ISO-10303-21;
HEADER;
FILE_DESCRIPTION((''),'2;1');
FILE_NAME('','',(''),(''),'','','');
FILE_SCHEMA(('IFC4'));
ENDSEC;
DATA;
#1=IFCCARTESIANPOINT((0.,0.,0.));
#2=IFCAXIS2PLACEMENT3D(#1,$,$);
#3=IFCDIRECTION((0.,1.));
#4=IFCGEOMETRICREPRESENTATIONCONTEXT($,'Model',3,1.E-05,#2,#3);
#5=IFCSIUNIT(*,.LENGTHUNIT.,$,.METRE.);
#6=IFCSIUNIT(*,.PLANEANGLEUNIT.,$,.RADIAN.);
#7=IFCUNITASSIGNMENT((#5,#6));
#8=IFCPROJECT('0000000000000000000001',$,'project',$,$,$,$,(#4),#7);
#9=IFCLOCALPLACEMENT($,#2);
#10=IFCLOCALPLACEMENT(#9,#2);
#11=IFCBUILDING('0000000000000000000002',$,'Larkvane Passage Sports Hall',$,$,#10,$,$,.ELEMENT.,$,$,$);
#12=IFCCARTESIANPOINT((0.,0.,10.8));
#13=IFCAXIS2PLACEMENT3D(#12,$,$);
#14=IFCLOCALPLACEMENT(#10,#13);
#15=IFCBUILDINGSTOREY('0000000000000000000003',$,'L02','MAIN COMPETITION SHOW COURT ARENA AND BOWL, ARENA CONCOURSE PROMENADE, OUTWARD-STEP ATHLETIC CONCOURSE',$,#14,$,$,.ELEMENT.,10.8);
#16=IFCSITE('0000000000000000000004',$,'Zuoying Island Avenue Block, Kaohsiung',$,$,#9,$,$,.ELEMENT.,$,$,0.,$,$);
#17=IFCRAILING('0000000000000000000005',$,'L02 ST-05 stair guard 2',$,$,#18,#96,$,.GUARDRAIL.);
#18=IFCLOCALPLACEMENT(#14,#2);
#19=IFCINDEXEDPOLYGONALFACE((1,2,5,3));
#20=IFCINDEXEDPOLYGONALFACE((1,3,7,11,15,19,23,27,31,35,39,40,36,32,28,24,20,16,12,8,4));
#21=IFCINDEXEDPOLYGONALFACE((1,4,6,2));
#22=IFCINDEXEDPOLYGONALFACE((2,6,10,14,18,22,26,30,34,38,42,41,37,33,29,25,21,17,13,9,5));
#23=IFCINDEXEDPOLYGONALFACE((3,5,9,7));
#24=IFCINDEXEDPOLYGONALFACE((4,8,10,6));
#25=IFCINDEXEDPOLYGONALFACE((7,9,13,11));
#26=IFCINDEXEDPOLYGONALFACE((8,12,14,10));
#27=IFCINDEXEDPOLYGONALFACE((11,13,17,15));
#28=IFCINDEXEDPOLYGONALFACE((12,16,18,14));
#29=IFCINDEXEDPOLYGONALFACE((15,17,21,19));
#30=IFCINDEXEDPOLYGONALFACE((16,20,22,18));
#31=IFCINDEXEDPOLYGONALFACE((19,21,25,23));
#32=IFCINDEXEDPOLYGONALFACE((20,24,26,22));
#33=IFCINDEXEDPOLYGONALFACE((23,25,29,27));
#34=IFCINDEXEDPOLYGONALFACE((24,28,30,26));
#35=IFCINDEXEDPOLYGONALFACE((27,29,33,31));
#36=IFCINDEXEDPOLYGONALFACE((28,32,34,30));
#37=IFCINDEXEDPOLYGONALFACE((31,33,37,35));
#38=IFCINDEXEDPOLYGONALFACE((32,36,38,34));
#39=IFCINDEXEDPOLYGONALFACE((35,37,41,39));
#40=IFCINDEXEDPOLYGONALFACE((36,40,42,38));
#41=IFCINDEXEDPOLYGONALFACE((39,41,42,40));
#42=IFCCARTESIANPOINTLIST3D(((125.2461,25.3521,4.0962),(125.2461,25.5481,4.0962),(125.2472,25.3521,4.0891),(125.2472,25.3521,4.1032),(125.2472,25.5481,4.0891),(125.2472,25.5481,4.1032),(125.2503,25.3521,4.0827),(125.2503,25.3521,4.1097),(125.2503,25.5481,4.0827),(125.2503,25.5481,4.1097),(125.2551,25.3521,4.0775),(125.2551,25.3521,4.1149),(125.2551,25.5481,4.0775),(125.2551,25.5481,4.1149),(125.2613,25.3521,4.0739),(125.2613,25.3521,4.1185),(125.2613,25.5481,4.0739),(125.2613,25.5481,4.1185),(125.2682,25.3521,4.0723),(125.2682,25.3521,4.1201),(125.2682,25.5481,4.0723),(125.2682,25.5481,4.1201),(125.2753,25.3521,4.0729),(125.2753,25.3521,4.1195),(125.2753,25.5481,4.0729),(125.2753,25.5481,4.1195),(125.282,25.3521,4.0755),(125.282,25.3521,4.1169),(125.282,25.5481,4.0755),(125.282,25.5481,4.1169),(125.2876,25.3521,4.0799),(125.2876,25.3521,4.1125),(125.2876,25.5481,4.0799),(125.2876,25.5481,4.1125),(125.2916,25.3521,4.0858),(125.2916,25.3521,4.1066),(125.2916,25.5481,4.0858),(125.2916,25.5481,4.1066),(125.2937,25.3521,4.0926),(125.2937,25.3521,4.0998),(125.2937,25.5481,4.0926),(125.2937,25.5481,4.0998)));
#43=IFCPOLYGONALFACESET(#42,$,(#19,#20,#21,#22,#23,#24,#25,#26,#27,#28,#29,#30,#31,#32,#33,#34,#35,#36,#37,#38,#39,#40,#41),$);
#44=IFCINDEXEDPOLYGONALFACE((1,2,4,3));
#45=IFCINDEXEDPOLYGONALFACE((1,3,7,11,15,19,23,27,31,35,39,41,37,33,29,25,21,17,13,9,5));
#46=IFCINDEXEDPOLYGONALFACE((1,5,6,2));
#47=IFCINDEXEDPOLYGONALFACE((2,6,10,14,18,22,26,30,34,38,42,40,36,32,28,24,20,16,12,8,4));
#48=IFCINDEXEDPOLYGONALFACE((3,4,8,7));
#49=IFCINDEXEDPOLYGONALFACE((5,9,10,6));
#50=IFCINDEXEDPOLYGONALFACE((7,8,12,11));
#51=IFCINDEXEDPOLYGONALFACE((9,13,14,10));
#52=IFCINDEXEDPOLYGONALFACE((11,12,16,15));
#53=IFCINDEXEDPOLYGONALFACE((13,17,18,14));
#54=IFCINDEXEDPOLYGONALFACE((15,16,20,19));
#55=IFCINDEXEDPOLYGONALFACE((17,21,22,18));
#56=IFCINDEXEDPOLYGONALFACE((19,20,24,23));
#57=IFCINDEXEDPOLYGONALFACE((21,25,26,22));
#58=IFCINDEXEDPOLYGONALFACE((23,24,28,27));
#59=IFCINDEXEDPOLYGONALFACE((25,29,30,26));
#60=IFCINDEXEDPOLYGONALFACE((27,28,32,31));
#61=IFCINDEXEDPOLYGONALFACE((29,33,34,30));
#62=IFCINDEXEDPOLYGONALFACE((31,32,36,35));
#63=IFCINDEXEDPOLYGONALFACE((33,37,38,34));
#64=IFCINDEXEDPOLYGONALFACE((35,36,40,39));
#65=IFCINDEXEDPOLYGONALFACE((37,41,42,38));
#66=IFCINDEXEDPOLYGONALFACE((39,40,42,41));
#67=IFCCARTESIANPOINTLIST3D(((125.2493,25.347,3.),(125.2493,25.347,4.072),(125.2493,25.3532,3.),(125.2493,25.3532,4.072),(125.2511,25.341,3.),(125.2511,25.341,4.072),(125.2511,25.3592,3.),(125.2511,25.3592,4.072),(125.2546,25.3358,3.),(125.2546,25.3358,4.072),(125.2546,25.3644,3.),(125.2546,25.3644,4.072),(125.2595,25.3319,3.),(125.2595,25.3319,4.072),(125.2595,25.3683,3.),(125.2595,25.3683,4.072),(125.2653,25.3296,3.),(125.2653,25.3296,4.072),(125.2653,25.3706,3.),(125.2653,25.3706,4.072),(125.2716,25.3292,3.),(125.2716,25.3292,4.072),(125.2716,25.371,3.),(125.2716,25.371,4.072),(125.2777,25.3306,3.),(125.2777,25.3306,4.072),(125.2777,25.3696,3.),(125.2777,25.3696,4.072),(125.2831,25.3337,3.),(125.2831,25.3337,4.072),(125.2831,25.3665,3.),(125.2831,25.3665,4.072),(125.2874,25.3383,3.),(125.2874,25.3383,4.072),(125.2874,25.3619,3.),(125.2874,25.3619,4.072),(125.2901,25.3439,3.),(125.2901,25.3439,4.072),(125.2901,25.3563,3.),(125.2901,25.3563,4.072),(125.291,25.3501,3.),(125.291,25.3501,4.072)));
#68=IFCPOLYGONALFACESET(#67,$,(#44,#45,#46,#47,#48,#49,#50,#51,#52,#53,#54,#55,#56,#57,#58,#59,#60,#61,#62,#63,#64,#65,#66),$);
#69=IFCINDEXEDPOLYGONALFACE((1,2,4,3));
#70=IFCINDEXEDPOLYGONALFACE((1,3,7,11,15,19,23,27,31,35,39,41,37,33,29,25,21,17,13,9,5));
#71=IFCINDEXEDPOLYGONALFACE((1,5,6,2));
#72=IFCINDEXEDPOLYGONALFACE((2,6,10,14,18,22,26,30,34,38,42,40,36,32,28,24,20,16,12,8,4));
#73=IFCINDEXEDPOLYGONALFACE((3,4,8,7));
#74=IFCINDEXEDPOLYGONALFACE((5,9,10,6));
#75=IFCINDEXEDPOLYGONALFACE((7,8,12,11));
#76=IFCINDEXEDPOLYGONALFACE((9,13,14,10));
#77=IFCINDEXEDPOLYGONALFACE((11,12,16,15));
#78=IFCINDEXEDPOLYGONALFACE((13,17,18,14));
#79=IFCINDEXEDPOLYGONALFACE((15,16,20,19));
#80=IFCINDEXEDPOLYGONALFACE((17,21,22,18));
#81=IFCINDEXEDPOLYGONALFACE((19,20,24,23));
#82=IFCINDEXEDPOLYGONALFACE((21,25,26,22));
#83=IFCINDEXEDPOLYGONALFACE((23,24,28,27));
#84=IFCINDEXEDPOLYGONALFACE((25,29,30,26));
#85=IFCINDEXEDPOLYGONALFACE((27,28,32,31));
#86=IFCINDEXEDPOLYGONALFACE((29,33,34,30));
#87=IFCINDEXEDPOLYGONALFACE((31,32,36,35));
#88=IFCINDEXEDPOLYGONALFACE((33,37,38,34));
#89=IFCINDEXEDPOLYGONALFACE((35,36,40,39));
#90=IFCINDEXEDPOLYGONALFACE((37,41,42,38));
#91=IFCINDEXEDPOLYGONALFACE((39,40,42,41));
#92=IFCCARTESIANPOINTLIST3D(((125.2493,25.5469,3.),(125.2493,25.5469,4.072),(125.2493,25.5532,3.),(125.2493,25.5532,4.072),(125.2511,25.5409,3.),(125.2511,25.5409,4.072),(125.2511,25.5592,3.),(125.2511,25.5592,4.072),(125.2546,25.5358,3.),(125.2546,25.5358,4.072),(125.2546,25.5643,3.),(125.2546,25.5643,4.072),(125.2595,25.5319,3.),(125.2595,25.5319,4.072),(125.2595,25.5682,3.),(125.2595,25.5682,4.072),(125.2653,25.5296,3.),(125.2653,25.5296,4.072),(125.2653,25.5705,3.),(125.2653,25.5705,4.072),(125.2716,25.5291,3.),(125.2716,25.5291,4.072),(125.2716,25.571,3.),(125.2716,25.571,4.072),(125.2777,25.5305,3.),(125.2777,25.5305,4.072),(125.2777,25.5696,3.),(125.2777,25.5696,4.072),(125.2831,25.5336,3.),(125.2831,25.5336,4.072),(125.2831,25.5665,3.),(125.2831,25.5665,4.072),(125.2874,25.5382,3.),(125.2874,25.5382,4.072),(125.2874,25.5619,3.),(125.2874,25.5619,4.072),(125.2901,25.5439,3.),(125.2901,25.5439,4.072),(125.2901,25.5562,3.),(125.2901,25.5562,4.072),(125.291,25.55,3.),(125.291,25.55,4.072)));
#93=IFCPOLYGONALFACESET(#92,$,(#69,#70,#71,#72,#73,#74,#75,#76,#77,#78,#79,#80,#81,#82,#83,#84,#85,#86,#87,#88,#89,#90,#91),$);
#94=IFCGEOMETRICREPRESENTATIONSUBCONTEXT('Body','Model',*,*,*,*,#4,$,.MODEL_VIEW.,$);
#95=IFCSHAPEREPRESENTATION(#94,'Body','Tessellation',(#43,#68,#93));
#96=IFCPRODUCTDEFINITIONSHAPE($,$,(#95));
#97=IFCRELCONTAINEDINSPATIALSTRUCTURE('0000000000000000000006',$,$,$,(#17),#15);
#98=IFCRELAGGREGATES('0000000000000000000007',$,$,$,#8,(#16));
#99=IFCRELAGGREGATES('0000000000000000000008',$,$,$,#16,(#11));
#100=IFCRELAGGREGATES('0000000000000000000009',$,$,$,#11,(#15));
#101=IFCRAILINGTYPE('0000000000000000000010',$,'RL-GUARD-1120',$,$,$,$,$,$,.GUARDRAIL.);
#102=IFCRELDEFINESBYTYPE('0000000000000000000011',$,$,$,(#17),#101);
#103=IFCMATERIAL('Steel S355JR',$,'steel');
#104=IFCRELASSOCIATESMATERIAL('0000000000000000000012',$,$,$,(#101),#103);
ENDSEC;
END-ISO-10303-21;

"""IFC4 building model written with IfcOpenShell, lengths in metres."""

from ifc_helpers import new_model, si_unit, direction, frame, origin, origin_2d, place, context, subcontext, project, spatial, circle, extrude, material, type_object, element, save


model = new_model("IFC4")

# Units and contexts
model_context = context("Model", 3, precision=1e-05, world=origin(), true_north=direction((0.0, 1.0)))
body_context = subcontext(model_context, "Body", "Model", "MODEL_VIEW")
ifc_project = project(units=[si_unit("LENGTHUNIT", "METRE"), si_unit("PLANEANGLEUNIT", "RADIAN")], contexts=[model_context])

# Site, building, storey
site_placement = place(None, origin())
site = spatial("IfcSite", under=ifc_project, at=site_placement, Name="Zuoying Island Avenue Block, Kaohsiung", CompositionType="ELEMENT", RefElevation=0.0)
building_placement = place(site_placement, origin())
building = spatial("IfcBuilding", under=site, at=building_placement, Name="Larkvane Passage Sports Hall", CompositionType="ELEMENT")
storey_placement = place(building_placement, frame((0.0, 0.0, 10.8)))
storey = spatial("IfcBuildingStorey", under=building, at=storey_placement, Name="L02", Description="MAIN COMPETITION SHOW COURT ARENA AND BOWL, ARENA CONCOURSE PROMENADE, OUTWARD-STEP ATHLETIC CONCOURSE", CompositionType="ELEMENT", Elevation=10.8)

# Railing
ifc_material_1 = material(Name="Steel S355JR", Category="steel")
railing_type_1 = type_object("IfcRailingType", Name="RL-GUARD-1120", PredefinedType="GUARDRAIL", material=ifc_material_1)
railing_1_placement = place(storey_placement, frame((125.27, 25.3501, 3.0)))
element("IfcRailing", 1, at=railing_1_placement, inside=storey, type_object=railing_type_1, Name="L02 ST-05 stair guard 2", PredefinedType="GUARDRAIL", context=body_context, shape_type="SweptSolid", body=[
    extrude(circle(Radius=0.0239, at=origin_2d()), frame((0.0, 0.002, 1.0962), z_axis=(0.0, 1.0, 0.0), x_axis=(-1.0, 0.0, 0.0)), (0.0, 0.0, 1.0), 0.196),
    extrude(circle(Radius=0.021, at=origin_2d()), origin(), (0.0, 0.0, 1.0), 1.072),
    extrude(circle(Radius=0.021, at=origin_2d()), frame((0.0, 0.2, 0.0)), (0.0, 0.0, 1.0), 1.072),
])

save(model, "model.ifc")
